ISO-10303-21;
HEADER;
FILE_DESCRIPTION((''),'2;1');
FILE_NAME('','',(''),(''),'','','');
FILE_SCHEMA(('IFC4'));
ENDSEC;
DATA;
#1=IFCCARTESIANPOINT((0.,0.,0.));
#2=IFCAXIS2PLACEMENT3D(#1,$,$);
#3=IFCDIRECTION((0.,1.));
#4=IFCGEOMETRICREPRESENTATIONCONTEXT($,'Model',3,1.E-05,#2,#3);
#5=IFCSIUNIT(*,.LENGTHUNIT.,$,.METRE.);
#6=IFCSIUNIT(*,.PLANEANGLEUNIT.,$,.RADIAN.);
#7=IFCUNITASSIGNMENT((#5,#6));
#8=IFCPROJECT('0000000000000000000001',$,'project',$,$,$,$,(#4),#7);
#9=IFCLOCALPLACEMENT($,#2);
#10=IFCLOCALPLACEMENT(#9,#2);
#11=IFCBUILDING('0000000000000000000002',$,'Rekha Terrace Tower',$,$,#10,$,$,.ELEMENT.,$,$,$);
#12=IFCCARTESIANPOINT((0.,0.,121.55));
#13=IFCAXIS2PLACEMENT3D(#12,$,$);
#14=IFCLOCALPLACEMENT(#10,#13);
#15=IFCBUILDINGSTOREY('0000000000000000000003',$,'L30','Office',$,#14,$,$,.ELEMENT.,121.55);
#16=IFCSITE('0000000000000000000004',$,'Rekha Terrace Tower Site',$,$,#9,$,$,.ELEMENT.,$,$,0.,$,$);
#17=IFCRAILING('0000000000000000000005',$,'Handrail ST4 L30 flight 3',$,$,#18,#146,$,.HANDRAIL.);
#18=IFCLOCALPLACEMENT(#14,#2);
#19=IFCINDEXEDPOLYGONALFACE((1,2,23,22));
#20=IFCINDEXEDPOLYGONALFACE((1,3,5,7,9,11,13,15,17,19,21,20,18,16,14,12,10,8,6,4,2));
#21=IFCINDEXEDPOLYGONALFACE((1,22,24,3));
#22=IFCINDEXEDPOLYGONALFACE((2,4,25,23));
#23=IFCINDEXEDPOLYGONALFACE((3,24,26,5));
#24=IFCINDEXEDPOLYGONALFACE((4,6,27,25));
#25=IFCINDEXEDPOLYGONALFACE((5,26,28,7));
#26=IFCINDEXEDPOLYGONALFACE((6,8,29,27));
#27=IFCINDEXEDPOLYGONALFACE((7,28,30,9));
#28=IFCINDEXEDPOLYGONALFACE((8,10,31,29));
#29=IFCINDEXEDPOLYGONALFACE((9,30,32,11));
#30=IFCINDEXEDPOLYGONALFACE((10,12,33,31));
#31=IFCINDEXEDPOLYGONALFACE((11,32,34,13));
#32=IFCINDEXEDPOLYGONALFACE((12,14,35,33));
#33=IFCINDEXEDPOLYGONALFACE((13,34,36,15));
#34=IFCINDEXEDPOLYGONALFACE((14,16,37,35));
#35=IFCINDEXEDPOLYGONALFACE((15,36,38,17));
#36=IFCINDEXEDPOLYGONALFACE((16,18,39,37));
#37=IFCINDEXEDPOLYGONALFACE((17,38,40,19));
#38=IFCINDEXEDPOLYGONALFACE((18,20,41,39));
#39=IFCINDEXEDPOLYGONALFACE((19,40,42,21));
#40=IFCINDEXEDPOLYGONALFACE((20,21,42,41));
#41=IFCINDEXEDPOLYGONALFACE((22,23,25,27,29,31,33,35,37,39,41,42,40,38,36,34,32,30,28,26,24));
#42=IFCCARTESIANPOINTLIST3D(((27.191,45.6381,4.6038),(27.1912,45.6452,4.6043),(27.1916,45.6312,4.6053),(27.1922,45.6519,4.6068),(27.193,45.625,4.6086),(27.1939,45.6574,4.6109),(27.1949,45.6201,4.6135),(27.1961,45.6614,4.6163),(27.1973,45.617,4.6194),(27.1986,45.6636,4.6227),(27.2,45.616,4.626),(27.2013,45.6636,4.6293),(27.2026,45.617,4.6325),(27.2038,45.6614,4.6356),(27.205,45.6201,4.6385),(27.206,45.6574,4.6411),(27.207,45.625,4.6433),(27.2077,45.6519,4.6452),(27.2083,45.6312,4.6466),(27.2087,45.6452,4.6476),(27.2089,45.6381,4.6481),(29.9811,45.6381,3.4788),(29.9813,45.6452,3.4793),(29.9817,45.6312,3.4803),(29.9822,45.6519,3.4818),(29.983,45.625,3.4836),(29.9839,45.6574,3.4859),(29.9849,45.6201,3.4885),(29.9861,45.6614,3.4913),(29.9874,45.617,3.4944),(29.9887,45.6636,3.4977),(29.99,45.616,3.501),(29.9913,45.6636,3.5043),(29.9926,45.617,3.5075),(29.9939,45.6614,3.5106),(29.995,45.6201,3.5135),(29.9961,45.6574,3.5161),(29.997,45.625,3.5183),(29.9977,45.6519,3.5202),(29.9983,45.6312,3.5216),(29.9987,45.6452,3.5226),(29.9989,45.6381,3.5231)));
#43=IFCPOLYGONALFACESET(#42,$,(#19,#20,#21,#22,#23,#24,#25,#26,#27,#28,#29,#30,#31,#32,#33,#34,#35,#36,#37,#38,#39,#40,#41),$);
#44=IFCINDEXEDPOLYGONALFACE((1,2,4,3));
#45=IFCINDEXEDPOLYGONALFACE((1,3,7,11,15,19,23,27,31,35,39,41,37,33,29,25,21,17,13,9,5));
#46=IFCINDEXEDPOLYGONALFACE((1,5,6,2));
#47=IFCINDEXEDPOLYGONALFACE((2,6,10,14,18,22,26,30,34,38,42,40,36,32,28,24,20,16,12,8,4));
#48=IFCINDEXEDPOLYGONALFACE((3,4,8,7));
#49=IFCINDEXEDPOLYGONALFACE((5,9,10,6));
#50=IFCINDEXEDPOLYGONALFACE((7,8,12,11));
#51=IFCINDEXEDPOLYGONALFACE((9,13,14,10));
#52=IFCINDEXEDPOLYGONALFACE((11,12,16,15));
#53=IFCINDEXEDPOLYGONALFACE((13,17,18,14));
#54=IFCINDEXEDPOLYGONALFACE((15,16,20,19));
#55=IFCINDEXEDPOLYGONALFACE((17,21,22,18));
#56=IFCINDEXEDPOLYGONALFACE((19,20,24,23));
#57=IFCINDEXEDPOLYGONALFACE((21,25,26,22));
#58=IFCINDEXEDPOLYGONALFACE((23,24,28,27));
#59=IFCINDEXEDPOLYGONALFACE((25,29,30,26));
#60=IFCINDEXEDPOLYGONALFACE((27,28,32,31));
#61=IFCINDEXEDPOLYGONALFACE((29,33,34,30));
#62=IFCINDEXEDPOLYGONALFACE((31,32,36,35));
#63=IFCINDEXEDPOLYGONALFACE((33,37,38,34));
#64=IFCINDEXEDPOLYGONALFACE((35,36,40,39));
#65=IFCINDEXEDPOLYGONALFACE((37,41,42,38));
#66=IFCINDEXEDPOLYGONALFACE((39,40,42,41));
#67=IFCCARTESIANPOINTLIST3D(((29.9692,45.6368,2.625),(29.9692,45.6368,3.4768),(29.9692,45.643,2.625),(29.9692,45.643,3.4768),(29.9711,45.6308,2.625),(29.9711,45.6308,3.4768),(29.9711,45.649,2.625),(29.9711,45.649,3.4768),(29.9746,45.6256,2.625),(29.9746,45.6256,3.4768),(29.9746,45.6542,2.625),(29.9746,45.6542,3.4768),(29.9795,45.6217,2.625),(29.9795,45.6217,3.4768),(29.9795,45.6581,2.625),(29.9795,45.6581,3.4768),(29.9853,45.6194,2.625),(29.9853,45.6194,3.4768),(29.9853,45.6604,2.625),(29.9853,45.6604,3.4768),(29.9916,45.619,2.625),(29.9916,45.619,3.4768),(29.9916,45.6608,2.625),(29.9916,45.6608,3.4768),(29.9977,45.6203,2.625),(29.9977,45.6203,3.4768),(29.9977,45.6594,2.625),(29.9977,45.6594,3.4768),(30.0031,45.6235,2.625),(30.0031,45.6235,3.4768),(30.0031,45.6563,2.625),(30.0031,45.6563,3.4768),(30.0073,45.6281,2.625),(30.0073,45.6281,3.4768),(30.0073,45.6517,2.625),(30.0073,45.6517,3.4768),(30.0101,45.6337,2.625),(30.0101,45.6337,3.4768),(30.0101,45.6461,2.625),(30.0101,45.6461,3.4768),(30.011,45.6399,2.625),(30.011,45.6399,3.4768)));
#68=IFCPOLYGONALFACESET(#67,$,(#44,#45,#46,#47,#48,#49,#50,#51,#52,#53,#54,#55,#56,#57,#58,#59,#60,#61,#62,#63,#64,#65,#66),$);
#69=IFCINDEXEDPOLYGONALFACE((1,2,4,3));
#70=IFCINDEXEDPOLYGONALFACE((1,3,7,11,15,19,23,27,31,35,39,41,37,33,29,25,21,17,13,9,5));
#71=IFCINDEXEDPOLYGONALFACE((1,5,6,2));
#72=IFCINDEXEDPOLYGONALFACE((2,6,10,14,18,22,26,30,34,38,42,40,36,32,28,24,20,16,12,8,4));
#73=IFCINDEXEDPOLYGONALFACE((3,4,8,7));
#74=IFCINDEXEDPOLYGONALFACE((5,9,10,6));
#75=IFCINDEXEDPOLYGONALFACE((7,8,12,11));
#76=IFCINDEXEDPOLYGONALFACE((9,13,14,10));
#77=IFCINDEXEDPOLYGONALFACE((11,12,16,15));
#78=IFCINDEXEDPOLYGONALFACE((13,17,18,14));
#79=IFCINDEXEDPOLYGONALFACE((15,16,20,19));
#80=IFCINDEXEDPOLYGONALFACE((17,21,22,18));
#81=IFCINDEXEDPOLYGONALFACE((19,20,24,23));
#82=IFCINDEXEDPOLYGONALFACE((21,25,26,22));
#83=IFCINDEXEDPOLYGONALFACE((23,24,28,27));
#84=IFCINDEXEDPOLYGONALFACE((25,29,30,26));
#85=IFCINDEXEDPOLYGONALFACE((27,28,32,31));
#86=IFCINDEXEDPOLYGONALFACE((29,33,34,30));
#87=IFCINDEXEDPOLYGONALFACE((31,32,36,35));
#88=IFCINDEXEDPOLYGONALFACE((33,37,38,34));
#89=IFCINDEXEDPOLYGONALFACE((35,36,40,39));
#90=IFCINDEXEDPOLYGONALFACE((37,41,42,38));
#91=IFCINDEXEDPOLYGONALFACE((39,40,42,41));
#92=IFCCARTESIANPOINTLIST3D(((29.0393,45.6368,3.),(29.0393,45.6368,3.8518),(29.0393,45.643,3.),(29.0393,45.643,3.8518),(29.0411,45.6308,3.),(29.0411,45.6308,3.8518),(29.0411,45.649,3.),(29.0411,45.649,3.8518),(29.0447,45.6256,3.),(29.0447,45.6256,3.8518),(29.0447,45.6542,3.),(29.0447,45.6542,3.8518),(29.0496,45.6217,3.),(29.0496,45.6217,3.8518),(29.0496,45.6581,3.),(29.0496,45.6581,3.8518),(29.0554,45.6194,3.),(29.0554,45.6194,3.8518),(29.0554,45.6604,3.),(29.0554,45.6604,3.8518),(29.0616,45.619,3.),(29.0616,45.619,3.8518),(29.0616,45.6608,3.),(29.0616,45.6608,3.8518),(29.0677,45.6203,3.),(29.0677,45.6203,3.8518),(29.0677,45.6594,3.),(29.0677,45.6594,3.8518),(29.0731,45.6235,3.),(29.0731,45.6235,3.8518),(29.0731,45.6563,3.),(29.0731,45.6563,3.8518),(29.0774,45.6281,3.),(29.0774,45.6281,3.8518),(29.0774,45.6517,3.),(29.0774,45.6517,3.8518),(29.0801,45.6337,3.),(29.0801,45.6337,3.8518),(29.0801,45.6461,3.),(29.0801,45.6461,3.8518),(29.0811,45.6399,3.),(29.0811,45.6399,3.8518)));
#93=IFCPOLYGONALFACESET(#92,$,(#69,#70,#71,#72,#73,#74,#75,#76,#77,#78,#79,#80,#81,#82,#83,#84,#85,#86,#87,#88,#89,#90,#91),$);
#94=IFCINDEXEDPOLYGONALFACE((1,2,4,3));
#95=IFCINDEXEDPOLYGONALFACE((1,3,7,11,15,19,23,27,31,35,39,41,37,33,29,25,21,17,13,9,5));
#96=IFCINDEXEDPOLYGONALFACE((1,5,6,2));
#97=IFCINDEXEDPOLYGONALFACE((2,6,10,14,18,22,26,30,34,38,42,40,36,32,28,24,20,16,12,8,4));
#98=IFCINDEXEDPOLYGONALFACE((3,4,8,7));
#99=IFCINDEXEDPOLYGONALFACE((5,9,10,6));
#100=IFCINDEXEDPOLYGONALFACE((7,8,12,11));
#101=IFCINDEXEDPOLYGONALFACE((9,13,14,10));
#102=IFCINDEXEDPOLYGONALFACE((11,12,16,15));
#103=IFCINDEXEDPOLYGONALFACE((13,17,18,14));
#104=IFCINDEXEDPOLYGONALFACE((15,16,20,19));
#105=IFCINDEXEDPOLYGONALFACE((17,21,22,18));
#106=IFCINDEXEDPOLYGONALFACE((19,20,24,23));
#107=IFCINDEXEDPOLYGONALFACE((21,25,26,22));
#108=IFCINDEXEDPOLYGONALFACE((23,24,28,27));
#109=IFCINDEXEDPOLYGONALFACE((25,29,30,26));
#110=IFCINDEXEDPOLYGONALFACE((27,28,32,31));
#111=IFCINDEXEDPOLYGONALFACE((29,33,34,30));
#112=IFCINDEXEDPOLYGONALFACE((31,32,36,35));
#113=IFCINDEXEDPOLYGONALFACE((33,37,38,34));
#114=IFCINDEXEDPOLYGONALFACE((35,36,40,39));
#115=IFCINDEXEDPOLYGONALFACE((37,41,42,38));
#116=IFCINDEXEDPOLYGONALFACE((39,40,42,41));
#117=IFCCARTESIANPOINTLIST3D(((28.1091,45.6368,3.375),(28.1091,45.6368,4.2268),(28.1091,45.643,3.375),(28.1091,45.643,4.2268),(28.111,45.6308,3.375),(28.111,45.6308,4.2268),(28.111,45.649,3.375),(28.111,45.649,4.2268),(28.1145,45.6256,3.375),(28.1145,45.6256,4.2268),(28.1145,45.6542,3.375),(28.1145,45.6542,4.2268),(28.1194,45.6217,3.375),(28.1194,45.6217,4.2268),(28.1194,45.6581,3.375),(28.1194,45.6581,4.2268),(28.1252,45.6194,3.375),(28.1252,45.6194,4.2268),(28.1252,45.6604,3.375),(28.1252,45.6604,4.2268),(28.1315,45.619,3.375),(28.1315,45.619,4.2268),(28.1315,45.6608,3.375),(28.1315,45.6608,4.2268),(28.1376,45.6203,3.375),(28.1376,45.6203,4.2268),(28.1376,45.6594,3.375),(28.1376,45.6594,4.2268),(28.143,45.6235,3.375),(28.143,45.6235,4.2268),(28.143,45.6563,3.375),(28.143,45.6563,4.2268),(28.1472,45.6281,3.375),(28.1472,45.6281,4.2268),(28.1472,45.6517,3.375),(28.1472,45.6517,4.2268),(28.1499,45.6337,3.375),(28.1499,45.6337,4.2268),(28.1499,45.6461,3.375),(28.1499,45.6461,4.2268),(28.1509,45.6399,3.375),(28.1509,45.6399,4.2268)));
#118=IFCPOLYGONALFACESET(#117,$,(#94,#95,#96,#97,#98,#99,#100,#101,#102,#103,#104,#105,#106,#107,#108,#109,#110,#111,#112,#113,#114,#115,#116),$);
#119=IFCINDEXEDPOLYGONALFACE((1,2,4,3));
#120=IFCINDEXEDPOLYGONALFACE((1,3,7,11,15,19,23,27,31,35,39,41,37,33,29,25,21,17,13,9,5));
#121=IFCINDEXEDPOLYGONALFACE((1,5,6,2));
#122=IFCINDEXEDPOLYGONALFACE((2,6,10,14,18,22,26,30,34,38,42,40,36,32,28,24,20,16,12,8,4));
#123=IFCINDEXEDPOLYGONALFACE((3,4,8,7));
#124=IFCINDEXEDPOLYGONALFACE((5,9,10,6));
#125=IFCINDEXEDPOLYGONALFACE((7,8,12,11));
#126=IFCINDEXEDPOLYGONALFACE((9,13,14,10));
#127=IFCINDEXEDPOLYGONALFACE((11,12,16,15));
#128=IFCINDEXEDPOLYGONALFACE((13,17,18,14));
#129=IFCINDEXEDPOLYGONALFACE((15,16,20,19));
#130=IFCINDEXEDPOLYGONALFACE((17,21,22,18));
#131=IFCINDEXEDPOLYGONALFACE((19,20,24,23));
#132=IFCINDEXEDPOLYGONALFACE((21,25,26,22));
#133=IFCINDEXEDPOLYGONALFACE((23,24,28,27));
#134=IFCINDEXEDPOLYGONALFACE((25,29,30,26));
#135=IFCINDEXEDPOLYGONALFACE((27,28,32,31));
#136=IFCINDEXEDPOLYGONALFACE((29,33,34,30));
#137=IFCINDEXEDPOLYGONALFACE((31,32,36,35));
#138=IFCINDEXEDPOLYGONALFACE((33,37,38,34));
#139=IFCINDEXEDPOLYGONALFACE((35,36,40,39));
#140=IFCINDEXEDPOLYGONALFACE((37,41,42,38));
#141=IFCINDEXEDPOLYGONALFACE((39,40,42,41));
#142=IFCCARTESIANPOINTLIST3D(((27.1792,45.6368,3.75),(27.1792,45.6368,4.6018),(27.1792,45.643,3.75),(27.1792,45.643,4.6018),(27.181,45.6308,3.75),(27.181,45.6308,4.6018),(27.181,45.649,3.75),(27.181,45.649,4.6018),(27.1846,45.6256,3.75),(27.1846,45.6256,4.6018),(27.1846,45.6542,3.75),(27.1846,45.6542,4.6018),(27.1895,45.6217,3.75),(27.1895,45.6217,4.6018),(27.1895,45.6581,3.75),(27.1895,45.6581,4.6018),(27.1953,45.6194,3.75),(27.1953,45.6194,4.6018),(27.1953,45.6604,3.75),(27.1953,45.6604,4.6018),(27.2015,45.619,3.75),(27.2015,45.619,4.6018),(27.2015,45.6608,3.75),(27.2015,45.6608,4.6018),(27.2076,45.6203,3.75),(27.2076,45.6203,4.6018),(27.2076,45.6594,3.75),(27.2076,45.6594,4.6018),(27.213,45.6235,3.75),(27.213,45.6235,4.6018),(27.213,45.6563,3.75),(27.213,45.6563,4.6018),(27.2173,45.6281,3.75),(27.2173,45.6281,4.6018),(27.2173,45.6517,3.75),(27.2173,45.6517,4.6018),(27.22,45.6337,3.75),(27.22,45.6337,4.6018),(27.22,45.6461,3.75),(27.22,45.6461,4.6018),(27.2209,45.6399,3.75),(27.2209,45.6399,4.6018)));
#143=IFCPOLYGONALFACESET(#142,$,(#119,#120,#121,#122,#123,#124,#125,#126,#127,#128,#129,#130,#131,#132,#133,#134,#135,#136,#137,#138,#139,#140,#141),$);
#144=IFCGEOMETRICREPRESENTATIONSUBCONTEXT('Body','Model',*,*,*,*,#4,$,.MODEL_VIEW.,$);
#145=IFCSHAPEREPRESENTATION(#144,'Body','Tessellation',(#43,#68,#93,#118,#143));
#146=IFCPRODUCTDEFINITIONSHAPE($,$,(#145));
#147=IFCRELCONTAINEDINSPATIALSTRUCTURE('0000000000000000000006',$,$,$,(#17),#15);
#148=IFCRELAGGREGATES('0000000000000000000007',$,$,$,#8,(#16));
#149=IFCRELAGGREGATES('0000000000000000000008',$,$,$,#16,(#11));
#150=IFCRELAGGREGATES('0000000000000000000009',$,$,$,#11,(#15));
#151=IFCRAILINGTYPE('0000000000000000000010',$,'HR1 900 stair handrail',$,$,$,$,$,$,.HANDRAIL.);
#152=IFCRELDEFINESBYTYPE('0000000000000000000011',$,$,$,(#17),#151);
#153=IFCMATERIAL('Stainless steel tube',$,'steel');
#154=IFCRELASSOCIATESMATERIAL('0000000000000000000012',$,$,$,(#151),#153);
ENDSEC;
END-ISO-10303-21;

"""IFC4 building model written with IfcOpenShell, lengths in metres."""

from ifc_helpers import new_model, si_unit, direction, frame, origin, origin_2d, place, context, subcontext, project, spatial, circle, extrude, material, type_object, element, save


model = new_model("IFC4")

# Units and contexts
model_context = context("Model", 3, precision=1e-05, world=origin(), true_north=direction((0.0, 1.0)))
body_context = subcontext(model_context, "Body", "Model", "MODEL_VIEW")
ifc_project = project(units=[si_unit("LENGTHUNIT", "METRE"), si_unit("PLANEANGLEUNIT", "RADIAN")], contexts=[model_context])

# Site, building, storey
site_placement = place(None, origin())
site = spatial("IfcSite", under=ifc_project, at=site_placement, Name="Rekha Terrace Tower Site", CompositionType="ELEMENT", RefElevation=0.0)
building_placement = place(site_placement, origin())
building = spatial("IfcBuilding", under=site, at=building_placement, Name="Rekha Terrace Tower", CompositionType="ELEMENT")
storey_placement = place(building_placement, frame((0.0, 0.0, 121.55)))
storey = spatial("IfcBuildingStorey", under=building, at=storey_placement, Name="L30", Description="Office", CompositionType="ELEMENT", Elevation=121.55)

# Railing
ifc_material_1 = material(Name="Stainless steel tube", Category="steel")
railing_type_1 = type_object("IfcRailingType", Name="HR1 900 stair handrail", PredefinedType="HANDRAIL", material=ifc_material_1)
railing_1_placement = place(storey_placement, frame((29.99, 45.6399, 2.625)))
element("IfcRailing", 1, at=railing_1_placement, inside=storey, type_object=railing_type_1, Name="Handrail ST4 L30 flight 3", PredefinedType="HANDRAIL", context=body_context, shape_type="SweptSolid", body=[
    extrude(circle(Radius=0.0239, at=origin_2d()), frame((0.0, 0.0, 0.876), z_axis=(-0.927443, 0.0, 0.373964), x_axis=(0.0, -1.0, 0.0)), (0.0, 0.0, 1.0), 3.0083),
    extrude(circle(Radius=0.021, at=origin_2d()), origin(), (0.0, 0.0, 1.0), 0.8518),
    extrude(circle(Radius=0.021, at=origin_2d()), frame((-0.9299, 0.0, 0.375)), (0.0, 0.0, 1.0), 0.8518),
    extrude(circle(Radius=0.021, at=origin_2d()), frame((-1.8601, 0.0, 0.75)), (0.0, 0.0, 1.0), 0.8518),
    extrude(circle(Radius=0.021, at=origin_2d()), frame((-2.79, 0.0, 1.125)), (0.0, 0.0, 1.0), 0.8518),
])

save(model, "model.ifc")
